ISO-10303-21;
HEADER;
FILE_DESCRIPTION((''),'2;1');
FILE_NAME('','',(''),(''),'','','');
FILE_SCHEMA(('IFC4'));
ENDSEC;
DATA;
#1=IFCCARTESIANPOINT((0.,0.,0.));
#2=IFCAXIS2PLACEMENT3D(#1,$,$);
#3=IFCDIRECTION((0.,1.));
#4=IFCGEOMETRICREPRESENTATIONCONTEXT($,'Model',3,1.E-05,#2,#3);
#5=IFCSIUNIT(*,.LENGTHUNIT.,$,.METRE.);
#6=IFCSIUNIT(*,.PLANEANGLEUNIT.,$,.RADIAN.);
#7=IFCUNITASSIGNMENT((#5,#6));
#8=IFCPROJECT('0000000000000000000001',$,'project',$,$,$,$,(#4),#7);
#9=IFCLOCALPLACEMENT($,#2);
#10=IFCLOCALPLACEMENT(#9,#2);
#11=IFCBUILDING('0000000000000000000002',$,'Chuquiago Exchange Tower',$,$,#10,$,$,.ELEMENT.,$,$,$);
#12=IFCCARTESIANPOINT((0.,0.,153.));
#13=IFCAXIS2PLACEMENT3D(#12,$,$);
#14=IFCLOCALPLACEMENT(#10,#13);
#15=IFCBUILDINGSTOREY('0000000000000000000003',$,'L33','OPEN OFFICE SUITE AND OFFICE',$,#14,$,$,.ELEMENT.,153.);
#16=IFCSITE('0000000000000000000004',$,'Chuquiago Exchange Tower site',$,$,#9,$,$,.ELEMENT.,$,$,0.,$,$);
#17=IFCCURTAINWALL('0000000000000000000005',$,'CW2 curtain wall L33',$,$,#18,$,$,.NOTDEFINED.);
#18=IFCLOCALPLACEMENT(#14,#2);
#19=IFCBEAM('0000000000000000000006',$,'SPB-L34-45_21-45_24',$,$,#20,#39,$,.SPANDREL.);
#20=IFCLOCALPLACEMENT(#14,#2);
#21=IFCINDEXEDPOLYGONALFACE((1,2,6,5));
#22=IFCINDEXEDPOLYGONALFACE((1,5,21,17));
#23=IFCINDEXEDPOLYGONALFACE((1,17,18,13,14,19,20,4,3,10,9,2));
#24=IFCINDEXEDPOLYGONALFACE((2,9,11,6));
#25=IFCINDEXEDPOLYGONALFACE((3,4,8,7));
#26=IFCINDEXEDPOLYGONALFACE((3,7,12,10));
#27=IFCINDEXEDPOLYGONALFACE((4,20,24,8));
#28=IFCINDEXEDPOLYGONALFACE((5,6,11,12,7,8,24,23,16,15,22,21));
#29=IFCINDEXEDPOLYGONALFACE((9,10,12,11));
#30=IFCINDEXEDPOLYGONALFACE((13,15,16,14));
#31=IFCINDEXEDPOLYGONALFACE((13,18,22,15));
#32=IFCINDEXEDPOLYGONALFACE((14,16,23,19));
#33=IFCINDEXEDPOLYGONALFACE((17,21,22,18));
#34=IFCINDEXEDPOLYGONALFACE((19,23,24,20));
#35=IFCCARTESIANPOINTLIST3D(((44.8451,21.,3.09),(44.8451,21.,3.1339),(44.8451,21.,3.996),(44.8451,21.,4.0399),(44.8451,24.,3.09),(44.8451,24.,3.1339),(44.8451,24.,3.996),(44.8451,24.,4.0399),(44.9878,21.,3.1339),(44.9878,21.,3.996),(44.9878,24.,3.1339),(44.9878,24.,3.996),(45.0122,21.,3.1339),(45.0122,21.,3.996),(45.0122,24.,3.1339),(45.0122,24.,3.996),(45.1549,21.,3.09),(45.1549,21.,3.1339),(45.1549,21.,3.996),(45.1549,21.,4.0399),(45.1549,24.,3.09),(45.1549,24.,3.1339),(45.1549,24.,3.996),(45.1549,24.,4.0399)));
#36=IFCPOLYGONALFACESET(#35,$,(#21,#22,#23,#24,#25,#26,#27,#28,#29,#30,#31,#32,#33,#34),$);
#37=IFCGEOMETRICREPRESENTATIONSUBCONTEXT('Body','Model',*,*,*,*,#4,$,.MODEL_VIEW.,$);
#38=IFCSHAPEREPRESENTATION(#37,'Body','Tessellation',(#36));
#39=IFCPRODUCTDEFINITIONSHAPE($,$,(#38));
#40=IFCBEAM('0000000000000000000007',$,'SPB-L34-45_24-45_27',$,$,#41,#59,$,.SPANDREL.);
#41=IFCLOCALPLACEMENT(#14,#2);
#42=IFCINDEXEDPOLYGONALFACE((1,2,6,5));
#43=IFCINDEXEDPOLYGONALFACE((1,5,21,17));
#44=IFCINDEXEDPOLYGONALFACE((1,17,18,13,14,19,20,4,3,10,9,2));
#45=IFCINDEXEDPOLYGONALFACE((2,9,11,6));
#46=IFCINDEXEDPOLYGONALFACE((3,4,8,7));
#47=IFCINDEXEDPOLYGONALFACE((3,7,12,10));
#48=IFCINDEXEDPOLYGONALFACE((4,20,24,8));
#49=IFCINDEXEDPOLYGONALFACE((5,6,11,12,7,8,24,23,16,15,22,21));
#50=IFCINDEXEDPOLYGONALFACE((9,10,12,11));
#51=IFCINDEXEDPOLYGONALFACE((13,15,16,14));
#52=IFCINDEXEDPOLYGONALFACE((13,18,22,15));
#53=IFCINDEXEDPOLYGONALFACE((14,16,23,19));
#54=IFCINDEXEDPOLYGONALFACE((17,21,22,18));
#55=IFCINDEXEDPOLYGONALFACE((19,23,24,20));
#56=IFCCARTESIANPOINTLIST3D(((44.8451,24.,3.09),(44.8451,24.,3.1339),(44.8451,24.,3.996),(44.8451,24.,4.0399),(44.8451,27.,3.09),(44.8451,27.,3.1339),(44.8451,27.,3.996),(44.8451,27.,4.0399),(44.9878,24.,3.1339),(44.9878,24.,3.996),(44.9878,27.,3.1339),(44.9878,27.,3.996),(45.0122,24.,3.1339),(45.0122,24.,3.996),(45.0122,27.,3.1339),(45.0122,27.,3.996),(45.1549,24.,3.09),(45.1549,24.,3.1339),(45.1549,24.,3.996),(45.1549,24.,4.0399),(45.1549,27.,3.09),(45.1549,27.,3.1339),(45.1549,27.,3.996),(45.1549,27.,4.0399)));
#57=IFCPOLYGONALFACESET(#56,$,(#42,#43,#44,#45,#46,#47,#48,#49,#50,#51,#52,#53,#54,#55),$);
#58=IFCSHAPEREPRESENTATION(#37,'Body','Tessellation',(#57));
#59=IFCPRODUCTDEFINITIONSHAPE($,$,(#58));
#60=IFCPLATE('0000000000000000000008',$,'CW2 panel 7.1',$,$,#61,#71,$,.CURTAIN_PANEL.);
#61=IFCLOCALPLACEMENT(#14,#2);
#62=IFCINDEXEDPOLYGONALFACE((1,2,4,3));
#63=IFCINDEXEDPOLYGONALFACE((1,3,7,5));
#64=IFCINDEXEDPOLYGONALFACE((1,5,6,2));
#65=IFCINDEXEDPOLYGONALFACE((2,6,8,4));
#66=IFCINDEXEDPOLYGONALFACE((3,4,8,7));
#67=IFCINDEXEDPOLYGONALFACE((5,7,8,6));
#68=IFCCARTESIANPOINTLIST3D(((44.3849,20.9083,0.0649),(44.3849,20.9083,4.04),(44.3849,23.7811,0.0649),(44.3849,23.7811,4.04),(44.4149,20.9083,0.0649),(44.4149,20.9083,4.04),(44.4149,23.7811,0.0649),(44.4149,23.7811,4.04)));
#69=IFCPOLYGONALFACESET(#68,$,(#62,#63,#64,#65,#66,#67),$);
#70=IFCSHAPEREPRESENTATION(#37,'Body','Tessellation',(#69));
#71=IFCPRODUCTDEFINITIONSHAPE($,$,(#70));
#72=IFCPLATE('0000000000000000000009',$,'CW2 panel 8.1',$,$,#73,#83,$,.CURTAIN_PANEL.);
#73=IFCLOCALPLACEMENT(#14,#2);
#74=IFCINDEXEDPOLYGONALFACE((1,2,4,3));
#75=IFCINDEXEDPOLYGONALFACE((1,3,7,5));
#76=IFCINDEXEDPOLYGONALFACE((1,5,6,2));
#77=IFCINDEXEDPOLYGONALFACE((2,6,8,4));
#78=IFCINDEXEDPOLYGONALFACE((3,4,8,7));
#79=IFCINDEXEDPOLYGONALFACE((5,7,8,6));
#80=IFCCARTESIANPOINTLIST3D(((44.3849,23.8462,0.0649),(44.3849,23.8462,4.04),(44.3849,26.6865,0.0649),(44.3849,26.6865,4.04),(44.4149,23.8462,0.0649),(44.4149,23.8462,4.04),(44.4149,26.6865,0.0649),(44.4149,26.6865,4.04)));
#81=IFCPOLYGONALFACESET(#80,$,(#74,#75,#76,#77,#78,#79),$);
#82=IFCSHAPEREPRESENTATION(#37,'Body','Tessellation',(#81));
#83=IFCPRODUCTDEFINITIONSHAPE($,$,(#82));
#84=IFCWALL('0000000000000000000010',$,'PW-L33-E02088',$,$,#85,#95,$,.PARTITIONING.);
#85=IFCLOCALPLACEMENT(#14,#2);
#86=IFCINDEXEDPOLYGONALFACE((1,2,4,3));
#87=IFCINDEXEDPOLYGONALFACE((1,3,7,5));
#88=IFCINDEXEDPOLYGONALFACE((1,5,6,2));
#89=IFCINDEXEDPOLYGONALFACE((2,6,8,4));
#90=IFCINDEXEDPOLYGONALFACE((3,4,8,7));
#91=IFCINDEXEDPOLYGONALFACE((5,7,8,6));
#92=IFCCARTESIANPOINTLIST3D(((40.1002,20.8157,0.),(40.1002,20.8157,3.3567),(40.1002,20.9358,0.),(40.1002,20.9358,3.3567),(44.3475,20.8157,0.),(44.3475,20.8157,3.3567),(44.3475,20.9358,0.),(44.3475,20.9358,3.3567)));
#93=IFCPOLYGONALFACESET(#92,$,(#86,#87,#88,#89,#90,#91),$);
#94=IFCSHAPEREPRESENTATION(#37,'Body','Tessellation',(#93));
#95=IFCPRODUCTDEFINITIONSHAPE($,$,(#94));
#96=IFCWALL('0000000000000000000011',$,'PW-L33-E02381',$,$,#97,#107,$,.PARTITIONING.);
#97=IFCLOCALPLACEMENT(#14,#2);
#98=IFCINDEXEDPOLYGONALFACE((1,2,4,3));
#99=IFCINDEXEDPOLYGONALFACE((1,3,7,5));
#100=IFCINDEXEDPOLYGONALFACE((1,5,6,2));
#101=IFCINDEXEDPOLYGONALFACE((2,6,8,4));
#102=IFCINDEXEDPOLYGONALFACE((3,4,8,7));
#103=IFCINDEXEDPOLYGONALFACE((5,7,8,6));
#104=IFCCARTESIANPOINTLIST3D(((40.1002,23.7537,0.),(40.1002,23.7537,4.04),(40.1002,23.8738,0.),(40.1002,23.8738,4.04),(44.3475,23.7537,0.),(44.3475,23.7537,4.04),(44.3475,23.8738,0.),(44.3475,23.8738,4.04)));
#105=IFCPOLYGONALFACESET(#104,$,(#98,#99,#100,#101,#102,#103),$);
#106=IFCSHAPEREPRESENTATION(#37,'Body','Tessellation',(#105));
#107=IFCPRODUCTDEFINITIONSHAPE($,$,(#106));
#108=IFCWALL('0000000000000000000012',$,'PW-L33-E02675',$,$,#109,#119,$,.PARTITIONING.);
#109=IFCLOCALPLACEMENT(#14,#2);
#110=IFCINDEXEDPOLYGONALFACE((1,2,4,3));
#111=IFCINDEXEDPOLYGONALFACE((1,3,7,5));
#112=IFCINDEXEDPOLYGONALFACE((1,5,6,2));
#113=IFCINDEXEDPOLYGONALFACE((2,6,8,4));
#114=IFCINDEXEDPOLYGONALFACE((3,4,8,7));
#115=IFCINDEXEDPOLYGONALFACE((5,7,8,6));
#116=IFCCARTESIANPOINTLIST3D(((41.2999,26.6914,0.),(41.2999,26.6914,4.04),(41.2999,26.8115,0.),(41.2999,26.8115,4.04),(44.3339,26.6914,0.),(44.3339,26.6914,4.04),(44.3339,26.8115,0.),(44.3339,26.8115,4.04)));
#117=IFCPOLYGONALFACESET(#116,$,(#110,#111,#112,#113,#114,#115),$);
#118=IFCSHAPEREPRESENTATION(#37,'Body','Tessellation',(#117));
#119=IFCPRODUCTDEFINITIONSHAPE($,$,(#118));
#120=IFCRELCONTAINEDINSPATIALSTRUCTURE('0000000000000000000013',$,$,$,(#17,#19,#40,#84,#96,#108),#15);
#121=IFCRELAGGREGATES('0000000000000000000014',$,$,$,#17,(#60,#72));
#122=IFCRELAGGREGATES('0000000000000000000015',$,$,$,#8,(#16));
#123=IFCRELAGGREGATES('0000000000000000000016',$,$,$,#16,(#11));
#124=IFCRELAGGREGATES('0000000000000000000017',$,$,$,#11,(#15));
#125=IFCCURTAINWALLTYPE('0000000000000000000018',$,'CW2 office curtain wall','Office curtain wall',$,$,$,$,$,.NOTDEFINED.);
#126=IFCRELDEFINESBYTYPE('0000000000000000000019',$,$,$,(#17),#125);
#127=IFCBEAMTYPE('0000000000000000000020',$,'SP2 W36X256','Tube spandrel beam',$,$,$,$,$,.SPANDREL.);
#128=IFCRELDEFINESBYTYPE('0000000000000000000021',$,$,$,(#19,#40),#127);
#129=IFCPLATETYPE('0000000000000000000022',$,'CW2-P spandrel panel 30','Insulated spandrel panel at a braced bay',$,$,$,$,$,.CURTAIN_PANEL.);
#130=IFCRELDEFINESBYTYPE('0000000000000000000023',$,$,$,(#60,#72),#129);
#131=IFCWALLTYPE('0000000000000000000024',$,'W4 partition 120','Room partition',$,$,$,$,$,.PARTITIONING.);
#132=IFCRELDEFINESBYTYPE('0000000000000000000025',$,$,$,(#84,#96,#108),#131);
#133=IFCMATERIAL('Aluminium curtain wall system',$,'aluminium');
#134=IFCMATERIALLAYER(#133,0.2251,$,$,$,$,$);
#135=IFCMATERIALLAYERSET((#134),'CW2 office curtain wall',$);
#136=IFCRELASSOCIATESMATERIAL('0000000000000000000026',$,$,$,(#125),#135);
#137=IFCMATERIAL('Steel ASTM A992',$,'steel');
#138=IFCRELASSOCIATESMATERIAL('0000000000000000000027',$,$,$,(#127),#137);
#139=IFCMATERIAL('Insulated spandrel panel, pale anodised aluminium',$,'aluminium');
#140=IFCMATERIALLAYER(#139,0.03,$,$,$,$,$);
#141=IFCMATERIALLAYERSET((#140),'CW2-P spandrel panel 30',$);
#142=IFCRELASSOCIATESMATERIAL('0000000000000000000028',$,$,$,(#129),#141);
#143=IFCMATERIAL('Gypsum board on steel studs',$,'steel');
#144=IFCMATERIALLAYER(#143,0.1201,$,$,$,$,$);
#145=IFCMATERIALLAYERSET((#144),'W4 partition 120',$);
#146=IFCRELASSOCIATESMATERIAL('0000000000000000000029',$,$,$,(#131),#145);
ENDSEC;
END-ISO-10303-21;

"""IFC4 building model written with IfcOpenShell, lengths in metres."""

from ifc_helpers import new_model, si_unit, direction, frame, frame_2d, origin, origin_2d, place, context, subcontext, project, spatial, rectangle, i_section, extrude, material, layer, layer_set, material_profile, profile_set, type_object, element, aggregate, save


model = new_model("IFC4")

# Units and contexts
model_context = context("Model", 3, precision=1e-05, world=origin(), true_north=direction((0.0, 1.0)))
body_context = subcontext(model_context, "Body", "Model", "MODEL_VIEW")
ifc_project = project(units=[si_unit("LENGTHUNIT", "METRE"), si_unit("PLANEANGLEUNIT", "RADIAN")], contexts=[model_context])

# Site, building, storey
site_placement = place(None, origin())
site = spatial("IfcSite", under=ifc_project, at=site_placement, Name="Chuquiago Exchange Tower site", CompositionType="ELEMENT", RefElevation=0.0)
building_placement = place(site_placement, origin())
building = spatial("IfcBuilding", under=site, at=building_placement, Name="Chuquiago Exchange Tower", CompositionType="ELEMENT")
storey_placement = place(building_placement, frame((0.0, 0.0, 153.0)))
storey = spatial("IfcBuildingStorey", under=building, at=storey_placement, Name="L33", Description="OPEN OFFICE SUITE AND OFFICE", CompositionType="ELEMENT", Elevation=153.0)

# Curtain wall
ifc_material_1 = material(Name="Aluminium curtain wall system", Category="aluminium")
ifc_layer_1 = layer(ifc_material_1, 0.2251)
ifc_layer_set_1 = layer_set([ifc_layer_1], Name="CW2 office curtain wall")
curtain_wall_type_1 = type_object("IfcCurtainWallType", Name="CW2 office curtain wall", Description="Office curtain wall", PredefinedType="NOTDEFINED", material=ifc_layer_set_1)
curtain_wall_1_placement = place(storey_placement, origin())
curtain_wall_1 = element("IfcCurtainWall", 1, at=curtain_wall_1_placement, inside=storey, type_object=curtain_wall_type_1, Name="CW2 curtain wall L33", PredefinedType="NOTDEFINED")

# Beams
ifc_material_2 = material(Name="Steel ASTM A992", Category="steel")
ifc_material_profile_1 = material_profile(ifc_material_2, i_section(OverallWidth=0.3098, OverallDepth=0.95, WebThickness=0.0244, FlangeThickness=0.0439, at=origin_2d()), Name="W36X256")
ifc_profile_set_1 = profile_set([ifc_material_profile_1], Name="Steel ASTM A992")
beam_type = type_object("IfcBeamType", Name="SP2 W36X256", Description="Tube spandrel beam", PredefinedType="SPANDREL", material=ifc_profile_set_1)
for number, where, z_axis, x_axis, name in (
    (2, (45.0, 21.0, 3.5649), (0.0, 1.0, 0.0), (-1.0, 0.0, 0.0), "SPB-L34-45_21-45_24"),
    (3, (45.0, 24.0, 3.5649), (0.0, 1.0, 0.0), (-1.0, 0.0, 0.0), "SPB-L34-45_24-45_27"),
):
    element("IfcBeam", number, at=place(storey_placement, frame(where, z_axis=z_axis, x_axis=x_axis)), inside=storey, type_object=beam_type, Name=name, PredefinedType="SPANDREL", context=body_context, shape_type="SweptSolid", body=[
        extrude(i_section(OverallWidth=0.3098, OverallDepth=0.95, WebThickness=0.0244, FlangeThickness=0.0439, at=origin_2d()), origin(), (0.0, 0.0, 1.0), 3.0),
    ])

# Plates
ifc_material_3 = material(Name="Insulated spandrel panel, pale anodised aluminium", Category="aluminium")
ifc_layer_2 = layer(ifc_material_3, 0.03)
ifc_layer_set_2 = layer_set([ifc_layer_2], Name="CW2-P spandrel panel 30")
plate_type = type_object("IfcPlateType", Name="CW2-P spandrel panel 30", Description="Insulated spandrel panel at a braced bay", PredefinedType="CURTAIN_PANEL", material=ifc_layer_set_2)
plate_1_placement = place(storey_placement, frame((44.3999, 22.3447, 0.0649), z_axis=(0.0, 0.0, 1.0), x_axis=(0.0, 1.0, 0.0)))
plate_1 = element("IfcPlate", 4, at=plate_1_placement, type_object=plate_type, Name="CW2 panel 7.1", PredefinedType="CURTAIN_PANEL", context=body_context, shape_type="SweptSolid", body=[
    extrude(rectangle(XDim=2.8728, YDim=0.03, at=origin_2d()), origin(), (0.0, 0.0, 1.0), 3.9751),
])
plate_2_placement = place(storey_placement, frame((44.3999, 25.2664, 0.0649), z_axis=(0.0, 0.0, 1.0), x_axis=(0.0, 1.0, 0.0)))
plate_2 = element("IfcPlate", 5, at=plate_2_placement, type_object=plate_type, Name="CW2 panel 8.1", PredefinedType="CURTAIN_PANEL", context=body_context, shape_type="SweptSolid", body=[
    extrude(rectangle(XDim=2.8403, YDim=0.03, at=origin_2d()), origin(), (0.0, 0.0, 1.0), 3.9751),
])
aggregate(curtain_wall_1, [plate_1, plate_2])

# Walls
ifc_material_4 = material(Name="Gypsum board on steel studs", Category="steel")
ifc_layer_3 = layer(ifc_material_4, 0.1201)
ifc_layer_set_3 = layer_set([ifc_layer_3], Name="W4 partition 120")
wall_type = type_object("IfcWallType", Name="W4 partition 120", Description="Room partition", PredefinedType="PARTITIONING", material=ifc_layer_set_3)
wall_1_placement = place(storey_placement, frame((44.3474, 20.8757, 0.0), z_axis=(0.0, 0.0, 1.0), x_axis=(-1.0, 0.0, 0.0)))
element("IfcWall", 6, at=wall_1_placement, inside=storey, type_object=wall_type, Name="PW-L33-E02088", PredefinedType="PARTITIONING", context=body_context, shape_type="SweptSolid", body=[
    extrude(rectangle(XDim=4.2473, YDim=0.1201, at=frame_2d((2.1235, 0.0))), origin(), (0.0, 0.0, 1.0), 3.3567),
])
wall_2_placement = place(storey_placement, frame((44.3474, 23.8137, 0.0), z_axis=(0.0, 0.0, 1.0), x_axis=(-1.0, 0.0, 0.0)))
element("IfcWall", 7, at=wall_2_placement, inside=storey, type_object=wall_type, Name="PW-L33-E02381", PredefinedType="PARTITIONING", context=body_context, shape_type="SweptSolid", body=[
    extrude(rectangle(XDim=4.2473, YDim=0.1201, at=frame_2d((2.1235, 0.0))), origin(), (0.0, 0.0, 1.0), 4.04),
])
wall_3_placement = place(storey_placement, frame((44.334, 26.7515, 0.0), z_axis=(0.0, 0.0, 1.0), x_axis=(-1.0, 0.0, 0.0)))
element("IfcWall", 8, at=wall_3_placement, inside=storey, type_object=wall_type, Name="PW-L33-E02675", PredefinedType="PARTITIONING", context=body_context, shape_type="SweptSolid", body=[
    extrude(rectangle(XDim=3.0339, YDim=0.1201, at=frame_2d((1.5171, 0.0))), origin(), (0.0, 0.0, 1.0), 4.04),
])

save(model, "model.ifc")
